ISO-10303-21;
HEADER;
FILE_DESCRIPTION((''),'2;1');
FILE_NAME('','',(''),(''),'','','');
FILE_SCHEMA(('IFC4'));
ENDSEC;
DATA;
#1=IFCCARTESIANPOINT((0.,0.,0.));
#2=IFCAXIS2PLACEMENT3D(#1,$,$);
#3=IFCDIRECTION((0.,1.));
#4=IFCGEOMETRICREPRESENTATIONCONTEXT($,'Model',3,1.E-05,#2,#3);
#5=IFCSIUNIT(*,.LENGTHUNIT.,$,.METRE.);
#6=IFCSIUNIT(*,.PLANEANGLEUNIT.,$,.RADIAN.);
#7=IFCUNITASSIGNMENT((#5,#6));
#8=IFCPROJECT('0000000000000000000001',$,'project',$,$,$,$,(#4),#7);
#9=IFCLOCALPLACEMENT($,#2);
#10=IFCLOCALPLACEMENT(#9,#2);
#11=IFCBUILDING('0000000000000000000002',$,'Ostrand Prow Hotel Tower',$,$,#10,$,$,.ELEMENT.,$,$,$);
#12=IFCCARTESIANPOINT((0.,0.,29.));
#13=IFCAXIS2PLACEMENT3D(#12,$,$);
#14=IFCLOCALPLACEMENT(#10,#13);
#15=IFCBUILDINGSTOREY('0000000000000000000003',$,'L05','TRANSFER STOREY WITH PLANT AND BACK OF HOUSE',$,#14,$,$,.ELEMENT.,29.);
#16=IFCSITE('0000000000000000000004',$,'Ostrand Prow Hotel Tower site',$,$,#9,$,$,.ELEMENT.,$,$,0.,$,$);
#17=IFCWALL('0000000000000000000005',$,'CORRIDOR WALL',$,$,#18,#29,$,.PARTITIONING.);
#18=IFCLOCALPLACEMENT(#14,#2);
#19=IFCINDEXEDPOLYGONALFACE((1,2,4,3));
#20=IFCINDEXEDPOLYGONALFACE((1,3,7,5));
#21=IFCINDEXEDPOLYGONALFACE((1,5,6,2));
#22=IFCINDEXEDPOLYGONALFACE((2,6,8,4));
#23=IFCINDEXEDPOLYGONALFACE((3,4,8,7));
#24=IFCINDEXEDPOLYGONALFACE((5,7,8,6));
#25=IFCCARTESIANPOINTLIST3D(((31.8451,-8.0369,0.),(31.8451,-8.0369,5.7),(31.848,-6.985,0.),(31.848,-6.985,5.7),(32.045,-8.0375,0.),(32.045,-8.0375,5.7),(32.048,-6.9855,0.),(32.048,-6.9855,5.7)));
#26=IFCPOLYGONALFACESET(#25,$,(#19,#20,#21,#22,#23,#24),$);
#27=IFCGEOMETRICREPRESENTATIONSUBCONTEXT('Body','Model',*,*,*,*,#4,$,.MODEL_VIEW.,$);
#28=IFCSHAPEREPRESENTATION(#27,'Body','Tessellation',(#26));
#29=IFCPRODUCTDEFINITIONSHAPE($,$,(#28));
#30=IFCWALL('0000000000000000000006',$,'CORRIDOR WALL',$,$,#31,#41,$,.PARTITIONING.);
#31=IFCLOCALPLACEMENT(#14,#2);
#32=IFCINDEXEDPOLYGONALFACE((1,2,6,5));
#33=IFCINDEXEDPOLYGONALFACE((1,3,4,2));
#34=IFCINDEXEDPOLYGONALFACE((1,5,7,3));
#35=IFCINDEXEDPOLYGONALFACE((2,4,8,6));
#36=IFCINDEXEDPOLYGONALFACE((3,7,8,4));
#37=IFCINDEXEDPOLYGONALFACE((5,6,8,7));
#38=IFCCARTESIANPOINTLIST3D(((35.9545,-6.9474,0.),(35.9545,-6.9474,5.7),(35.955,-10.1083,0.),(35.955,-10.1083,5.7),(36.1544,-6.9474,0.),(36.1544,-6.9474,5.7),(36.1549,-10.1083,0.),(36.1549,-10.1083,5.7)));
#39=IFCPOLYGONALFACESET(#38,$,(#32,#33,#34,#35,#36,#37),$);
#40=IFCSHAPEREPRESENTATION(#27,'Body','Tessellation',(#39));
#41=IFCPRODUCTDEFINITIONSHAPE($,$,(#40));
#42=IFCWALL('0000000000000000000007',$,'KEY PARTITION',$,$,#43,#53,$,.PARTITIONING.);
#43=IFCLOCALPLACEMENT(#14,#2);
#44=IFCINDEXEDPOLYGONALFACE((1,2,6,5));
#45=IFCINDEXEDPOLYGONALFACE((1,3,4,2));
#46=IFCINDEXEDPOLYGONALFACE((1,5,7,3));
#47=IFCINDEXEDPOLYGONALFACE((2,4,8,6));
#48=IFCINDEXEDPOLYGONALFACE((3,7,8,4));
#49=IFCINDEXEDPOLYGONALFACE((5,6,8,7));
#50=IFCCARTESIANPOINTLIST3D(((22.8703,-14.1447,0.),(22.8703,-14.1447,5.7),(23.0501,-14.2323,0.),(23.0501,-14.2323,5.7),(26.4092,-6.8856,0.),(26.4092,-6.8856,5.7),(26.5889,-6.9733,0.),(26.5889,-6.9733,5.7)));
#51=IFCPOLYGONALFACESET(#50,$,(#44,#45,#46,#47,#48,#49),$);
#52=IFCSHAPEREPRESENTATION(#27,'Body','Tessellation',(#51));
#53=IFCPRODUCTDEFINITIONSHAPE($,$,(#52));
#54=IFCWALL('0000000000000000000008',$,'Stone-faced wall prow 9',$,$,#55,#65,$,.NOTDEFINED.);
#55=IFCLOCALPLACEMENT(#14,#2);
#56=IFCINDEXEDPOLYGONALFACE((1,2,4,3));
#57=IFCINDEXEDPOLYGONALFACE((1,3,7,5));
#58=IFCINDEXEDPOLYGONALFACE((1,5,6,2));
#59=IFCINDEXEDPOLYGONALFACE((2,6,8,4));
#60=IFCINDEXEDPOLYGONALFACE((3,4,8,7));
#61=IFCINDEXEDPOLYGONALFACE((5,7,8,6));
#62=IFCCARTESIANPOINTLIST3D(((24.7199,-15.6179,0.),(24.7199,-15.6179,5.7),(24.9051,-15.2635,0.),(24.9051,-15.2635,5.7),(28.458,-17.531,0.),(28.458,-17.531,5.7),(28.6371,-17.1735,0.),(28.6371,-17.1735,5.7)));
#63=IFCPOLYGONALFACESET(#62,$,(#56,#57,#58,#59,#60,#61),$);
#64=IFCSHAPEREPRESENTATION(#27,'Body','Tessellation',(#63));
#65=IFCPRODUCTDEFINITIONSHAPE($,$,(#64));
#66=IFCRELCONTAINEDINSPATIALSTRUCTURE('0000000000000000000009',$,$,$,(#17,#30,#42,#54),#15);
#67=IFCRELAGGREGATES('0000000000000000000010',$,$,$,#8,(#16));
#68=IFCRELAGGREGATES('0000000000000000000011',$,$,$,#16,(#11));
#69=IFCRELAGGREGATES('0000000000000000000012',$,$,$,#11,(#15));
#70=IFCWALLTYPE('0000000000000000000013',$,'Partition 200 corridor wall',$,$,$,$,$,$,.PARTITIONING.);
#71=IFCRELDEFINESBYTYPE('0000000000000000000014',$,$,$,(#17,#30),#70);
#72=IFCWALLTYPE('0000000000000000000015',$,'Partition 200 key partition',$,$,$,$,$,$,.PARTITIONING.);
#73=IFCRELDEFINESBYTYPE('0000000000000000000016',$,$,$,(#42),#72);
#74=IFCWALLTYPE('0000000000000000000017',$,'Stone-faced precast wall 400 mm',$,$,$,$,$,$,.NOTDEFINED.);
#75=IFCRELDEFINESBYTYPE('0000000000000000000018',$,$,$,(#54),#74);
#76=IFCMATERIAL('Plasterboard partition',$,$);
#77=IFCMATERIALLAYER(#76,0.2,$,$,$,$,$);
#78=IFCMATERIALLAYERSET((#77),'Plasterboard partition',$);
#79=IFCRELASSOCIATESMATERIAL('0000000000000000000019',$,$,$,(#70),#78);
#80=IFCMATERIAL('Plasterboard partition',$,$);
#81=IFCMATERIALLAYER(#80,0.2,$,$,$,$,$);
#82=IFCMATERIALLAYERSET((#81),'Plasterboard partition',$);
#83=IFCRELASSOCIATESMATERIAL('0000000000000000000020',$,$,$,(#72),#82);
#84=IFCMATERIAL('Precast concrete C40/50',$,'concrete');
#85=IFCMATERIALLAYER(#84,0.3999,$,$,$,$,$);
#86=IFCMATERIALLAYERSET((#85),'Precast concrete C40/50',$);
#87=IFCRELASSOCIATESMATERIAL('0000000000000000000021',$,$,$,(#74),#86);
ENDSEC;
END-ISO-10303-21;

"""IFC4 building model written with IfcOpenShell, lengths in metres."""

from ifc_helpers import new_model, si_unit, direction, frame, frame_2d, origin, place, context, subcontext, project, spatial, polyline, rectangle, outline, extrude, material, layer, layer_set, type_object, element, save


model = new_model("IFC4")

# Units and contexts
model_context = context("Model", 3, precision=1e-05, world=origin(), true_north=direction((0.0, 1.0)))
body_context = subcontext(model_context, "Body", "Model", "MODEL_VIEW")
ifc_project = project(units=[si_unit("LENGTHUNIT", "METRE"), si_unit("PLANEANGLEUNIT", "RADIAN")], contexts=[model_context])

# Site, building, storey
site_placement = place(None, origin())
site = spatial("IfcSite", under=ifc_project, at=site_placement, Name="Ostrand Prow Hotel Tower site", CompositionType="ELEMENT", RefElevation=0.0)
building_placement = place(site_placement, origin())
building = spatial("IfcBuilding", under=site, at=building_placement, Name="Ostrand Prow Hotel Tower", CompositionType="ELEMENT")
storey_placement = place(building_placement, frame((0.0, 0.0, 29.0)))
storey = spatial("IfcBuildingStorey", under=building, at=storey_placement, Name="L05", Description="TRANSFER STOREY WITH PLANT AND BACK OF HOUSE", CompositionType="ELEMENT", Elevation=29.0)

# Shared definitions
ifc_material_1 = material(Name="Plasterboard partition")
ifc_layer_1 = layer(ifc_material_1, 0.2)
ifc_layer_set_1 = layer_set([ifc_layer_1], Name="Plasterboard partition")
wall_type_1 = type_object("IfcWallType", Name="Partition 200 corridor wall", PredefinedType="PARTITIONING", material=ifc_layer_set_1)

# Walls
wall_1_placement = place(storey_placement, frame((31.948, -6.9854, 0.0), z_axis=(0.0, 0.0, 1.0), x_axis=(-0.002785, -0.999996, 0.0)))
element("IfcWall", 1, at=wall_1_placement, inside=storey, type_object=wall_type_1, Name="CORRIDOR WALL", PredefinedType="PARTITIONING", context=body_context, shape_type="SweptSolid", body=[
    extrude(rectangle(XDim=1.052, YDim=0.2, at=frame_2d((0.5259, 0.0))), origin(), (0.0, 0.0, 1.0), 5.7),
])
wall_2_placement = place(storey_placement, frame((36.0549, -10.1084, 0.0), z_axis=(0.0, 0.0, 1.0), x_axis=(-0.000154, 1.0, 0.0)))
element("IfcWall", 2, at=wall_2_placement, inside=storey, type_object=wall_type_1, Name="CORRIDOR WALL", PredefinedType="PARTITIONING", context=body_context, shape_type="SweptSolid", body=[
    extrude(rectangle(XDim=3.1609, YDim=0.2, at=frame_2d((1.5806, 0.0))), origin(), (0.0, 0.0, 1.0), 5.7),
])
ifc_material_2 = material(Name="Plasterboard partition")
ifc_layer_2 = layer(ifc_material_2, 0.2)
ifc_layer_set_2 = layer_set([ifc_layer_2], Name="Plasterboard partition")
wall_type_2 = type_object("IfcWallType", Name="Partition 200 key partition", PredefinedType="PARTITIONING", material=ifc_layer_set_2)
wall_3_placement = place(storey_placement, frame((22.9602, -14.1885, 0.0), z_axis=(0.0, 0.0, 1.0), x_axis=(0.438206, 0.898874, 0.0)))
element("IfcWall", 3, at=wall_3_placement, inside=storey, type_object=wall_type_2, Name="KEY PARTITION", PredefinedType="PARTITIONING", context=body_context, shape_type="SweptSolid", body=[
    extrude(rectangle(XDim=8.0757, YDim=0.2, at=frame_2d((4.0378, 0.0))), origin(), (0.0, 0.0, 1.0), 5.7),
])
ifc_material_3 = material(Name="Precast concrete C40/50", Category="concrete")
ifc_layer_3 = layer(ifc_material_3, 0.3999)
ifc_layer_set_3 = layer_set([ifc_layer_3], Name="Precast concrete C40/50")
wall_type_3 = type_object("IfcWallType", Name="Stone-faced precast wall 400 mm", PredefinedType="NOTDEFINED", material=ifc_layer_set_3)
wall_4_placement = place(storey_placement, frame((24.8125, -15.4407, 0.0), z_axis=(0.0, 0.0, 1.0), x_axis=(0.890187, -0.455596, 0.0)))
element("IfcWall", 4, at=wall_4_placement, inside=storey, type_object=wall_type_3, Name="Stone-faced wall prow 9", PredefinedType="NOTDEFINED", context=body_context, shape_type="SweptSolid", body=[
    extrude(outline(polyline([(-0.0017, -0.2), (4.1975, -0.2), (4.1941, 0.2), (0.0017, 0.2), (-0.0017, -0.2)])), origin(), (0.0, 0.0, 1.0), 5.7),
])

save(model, "model.ifc")
